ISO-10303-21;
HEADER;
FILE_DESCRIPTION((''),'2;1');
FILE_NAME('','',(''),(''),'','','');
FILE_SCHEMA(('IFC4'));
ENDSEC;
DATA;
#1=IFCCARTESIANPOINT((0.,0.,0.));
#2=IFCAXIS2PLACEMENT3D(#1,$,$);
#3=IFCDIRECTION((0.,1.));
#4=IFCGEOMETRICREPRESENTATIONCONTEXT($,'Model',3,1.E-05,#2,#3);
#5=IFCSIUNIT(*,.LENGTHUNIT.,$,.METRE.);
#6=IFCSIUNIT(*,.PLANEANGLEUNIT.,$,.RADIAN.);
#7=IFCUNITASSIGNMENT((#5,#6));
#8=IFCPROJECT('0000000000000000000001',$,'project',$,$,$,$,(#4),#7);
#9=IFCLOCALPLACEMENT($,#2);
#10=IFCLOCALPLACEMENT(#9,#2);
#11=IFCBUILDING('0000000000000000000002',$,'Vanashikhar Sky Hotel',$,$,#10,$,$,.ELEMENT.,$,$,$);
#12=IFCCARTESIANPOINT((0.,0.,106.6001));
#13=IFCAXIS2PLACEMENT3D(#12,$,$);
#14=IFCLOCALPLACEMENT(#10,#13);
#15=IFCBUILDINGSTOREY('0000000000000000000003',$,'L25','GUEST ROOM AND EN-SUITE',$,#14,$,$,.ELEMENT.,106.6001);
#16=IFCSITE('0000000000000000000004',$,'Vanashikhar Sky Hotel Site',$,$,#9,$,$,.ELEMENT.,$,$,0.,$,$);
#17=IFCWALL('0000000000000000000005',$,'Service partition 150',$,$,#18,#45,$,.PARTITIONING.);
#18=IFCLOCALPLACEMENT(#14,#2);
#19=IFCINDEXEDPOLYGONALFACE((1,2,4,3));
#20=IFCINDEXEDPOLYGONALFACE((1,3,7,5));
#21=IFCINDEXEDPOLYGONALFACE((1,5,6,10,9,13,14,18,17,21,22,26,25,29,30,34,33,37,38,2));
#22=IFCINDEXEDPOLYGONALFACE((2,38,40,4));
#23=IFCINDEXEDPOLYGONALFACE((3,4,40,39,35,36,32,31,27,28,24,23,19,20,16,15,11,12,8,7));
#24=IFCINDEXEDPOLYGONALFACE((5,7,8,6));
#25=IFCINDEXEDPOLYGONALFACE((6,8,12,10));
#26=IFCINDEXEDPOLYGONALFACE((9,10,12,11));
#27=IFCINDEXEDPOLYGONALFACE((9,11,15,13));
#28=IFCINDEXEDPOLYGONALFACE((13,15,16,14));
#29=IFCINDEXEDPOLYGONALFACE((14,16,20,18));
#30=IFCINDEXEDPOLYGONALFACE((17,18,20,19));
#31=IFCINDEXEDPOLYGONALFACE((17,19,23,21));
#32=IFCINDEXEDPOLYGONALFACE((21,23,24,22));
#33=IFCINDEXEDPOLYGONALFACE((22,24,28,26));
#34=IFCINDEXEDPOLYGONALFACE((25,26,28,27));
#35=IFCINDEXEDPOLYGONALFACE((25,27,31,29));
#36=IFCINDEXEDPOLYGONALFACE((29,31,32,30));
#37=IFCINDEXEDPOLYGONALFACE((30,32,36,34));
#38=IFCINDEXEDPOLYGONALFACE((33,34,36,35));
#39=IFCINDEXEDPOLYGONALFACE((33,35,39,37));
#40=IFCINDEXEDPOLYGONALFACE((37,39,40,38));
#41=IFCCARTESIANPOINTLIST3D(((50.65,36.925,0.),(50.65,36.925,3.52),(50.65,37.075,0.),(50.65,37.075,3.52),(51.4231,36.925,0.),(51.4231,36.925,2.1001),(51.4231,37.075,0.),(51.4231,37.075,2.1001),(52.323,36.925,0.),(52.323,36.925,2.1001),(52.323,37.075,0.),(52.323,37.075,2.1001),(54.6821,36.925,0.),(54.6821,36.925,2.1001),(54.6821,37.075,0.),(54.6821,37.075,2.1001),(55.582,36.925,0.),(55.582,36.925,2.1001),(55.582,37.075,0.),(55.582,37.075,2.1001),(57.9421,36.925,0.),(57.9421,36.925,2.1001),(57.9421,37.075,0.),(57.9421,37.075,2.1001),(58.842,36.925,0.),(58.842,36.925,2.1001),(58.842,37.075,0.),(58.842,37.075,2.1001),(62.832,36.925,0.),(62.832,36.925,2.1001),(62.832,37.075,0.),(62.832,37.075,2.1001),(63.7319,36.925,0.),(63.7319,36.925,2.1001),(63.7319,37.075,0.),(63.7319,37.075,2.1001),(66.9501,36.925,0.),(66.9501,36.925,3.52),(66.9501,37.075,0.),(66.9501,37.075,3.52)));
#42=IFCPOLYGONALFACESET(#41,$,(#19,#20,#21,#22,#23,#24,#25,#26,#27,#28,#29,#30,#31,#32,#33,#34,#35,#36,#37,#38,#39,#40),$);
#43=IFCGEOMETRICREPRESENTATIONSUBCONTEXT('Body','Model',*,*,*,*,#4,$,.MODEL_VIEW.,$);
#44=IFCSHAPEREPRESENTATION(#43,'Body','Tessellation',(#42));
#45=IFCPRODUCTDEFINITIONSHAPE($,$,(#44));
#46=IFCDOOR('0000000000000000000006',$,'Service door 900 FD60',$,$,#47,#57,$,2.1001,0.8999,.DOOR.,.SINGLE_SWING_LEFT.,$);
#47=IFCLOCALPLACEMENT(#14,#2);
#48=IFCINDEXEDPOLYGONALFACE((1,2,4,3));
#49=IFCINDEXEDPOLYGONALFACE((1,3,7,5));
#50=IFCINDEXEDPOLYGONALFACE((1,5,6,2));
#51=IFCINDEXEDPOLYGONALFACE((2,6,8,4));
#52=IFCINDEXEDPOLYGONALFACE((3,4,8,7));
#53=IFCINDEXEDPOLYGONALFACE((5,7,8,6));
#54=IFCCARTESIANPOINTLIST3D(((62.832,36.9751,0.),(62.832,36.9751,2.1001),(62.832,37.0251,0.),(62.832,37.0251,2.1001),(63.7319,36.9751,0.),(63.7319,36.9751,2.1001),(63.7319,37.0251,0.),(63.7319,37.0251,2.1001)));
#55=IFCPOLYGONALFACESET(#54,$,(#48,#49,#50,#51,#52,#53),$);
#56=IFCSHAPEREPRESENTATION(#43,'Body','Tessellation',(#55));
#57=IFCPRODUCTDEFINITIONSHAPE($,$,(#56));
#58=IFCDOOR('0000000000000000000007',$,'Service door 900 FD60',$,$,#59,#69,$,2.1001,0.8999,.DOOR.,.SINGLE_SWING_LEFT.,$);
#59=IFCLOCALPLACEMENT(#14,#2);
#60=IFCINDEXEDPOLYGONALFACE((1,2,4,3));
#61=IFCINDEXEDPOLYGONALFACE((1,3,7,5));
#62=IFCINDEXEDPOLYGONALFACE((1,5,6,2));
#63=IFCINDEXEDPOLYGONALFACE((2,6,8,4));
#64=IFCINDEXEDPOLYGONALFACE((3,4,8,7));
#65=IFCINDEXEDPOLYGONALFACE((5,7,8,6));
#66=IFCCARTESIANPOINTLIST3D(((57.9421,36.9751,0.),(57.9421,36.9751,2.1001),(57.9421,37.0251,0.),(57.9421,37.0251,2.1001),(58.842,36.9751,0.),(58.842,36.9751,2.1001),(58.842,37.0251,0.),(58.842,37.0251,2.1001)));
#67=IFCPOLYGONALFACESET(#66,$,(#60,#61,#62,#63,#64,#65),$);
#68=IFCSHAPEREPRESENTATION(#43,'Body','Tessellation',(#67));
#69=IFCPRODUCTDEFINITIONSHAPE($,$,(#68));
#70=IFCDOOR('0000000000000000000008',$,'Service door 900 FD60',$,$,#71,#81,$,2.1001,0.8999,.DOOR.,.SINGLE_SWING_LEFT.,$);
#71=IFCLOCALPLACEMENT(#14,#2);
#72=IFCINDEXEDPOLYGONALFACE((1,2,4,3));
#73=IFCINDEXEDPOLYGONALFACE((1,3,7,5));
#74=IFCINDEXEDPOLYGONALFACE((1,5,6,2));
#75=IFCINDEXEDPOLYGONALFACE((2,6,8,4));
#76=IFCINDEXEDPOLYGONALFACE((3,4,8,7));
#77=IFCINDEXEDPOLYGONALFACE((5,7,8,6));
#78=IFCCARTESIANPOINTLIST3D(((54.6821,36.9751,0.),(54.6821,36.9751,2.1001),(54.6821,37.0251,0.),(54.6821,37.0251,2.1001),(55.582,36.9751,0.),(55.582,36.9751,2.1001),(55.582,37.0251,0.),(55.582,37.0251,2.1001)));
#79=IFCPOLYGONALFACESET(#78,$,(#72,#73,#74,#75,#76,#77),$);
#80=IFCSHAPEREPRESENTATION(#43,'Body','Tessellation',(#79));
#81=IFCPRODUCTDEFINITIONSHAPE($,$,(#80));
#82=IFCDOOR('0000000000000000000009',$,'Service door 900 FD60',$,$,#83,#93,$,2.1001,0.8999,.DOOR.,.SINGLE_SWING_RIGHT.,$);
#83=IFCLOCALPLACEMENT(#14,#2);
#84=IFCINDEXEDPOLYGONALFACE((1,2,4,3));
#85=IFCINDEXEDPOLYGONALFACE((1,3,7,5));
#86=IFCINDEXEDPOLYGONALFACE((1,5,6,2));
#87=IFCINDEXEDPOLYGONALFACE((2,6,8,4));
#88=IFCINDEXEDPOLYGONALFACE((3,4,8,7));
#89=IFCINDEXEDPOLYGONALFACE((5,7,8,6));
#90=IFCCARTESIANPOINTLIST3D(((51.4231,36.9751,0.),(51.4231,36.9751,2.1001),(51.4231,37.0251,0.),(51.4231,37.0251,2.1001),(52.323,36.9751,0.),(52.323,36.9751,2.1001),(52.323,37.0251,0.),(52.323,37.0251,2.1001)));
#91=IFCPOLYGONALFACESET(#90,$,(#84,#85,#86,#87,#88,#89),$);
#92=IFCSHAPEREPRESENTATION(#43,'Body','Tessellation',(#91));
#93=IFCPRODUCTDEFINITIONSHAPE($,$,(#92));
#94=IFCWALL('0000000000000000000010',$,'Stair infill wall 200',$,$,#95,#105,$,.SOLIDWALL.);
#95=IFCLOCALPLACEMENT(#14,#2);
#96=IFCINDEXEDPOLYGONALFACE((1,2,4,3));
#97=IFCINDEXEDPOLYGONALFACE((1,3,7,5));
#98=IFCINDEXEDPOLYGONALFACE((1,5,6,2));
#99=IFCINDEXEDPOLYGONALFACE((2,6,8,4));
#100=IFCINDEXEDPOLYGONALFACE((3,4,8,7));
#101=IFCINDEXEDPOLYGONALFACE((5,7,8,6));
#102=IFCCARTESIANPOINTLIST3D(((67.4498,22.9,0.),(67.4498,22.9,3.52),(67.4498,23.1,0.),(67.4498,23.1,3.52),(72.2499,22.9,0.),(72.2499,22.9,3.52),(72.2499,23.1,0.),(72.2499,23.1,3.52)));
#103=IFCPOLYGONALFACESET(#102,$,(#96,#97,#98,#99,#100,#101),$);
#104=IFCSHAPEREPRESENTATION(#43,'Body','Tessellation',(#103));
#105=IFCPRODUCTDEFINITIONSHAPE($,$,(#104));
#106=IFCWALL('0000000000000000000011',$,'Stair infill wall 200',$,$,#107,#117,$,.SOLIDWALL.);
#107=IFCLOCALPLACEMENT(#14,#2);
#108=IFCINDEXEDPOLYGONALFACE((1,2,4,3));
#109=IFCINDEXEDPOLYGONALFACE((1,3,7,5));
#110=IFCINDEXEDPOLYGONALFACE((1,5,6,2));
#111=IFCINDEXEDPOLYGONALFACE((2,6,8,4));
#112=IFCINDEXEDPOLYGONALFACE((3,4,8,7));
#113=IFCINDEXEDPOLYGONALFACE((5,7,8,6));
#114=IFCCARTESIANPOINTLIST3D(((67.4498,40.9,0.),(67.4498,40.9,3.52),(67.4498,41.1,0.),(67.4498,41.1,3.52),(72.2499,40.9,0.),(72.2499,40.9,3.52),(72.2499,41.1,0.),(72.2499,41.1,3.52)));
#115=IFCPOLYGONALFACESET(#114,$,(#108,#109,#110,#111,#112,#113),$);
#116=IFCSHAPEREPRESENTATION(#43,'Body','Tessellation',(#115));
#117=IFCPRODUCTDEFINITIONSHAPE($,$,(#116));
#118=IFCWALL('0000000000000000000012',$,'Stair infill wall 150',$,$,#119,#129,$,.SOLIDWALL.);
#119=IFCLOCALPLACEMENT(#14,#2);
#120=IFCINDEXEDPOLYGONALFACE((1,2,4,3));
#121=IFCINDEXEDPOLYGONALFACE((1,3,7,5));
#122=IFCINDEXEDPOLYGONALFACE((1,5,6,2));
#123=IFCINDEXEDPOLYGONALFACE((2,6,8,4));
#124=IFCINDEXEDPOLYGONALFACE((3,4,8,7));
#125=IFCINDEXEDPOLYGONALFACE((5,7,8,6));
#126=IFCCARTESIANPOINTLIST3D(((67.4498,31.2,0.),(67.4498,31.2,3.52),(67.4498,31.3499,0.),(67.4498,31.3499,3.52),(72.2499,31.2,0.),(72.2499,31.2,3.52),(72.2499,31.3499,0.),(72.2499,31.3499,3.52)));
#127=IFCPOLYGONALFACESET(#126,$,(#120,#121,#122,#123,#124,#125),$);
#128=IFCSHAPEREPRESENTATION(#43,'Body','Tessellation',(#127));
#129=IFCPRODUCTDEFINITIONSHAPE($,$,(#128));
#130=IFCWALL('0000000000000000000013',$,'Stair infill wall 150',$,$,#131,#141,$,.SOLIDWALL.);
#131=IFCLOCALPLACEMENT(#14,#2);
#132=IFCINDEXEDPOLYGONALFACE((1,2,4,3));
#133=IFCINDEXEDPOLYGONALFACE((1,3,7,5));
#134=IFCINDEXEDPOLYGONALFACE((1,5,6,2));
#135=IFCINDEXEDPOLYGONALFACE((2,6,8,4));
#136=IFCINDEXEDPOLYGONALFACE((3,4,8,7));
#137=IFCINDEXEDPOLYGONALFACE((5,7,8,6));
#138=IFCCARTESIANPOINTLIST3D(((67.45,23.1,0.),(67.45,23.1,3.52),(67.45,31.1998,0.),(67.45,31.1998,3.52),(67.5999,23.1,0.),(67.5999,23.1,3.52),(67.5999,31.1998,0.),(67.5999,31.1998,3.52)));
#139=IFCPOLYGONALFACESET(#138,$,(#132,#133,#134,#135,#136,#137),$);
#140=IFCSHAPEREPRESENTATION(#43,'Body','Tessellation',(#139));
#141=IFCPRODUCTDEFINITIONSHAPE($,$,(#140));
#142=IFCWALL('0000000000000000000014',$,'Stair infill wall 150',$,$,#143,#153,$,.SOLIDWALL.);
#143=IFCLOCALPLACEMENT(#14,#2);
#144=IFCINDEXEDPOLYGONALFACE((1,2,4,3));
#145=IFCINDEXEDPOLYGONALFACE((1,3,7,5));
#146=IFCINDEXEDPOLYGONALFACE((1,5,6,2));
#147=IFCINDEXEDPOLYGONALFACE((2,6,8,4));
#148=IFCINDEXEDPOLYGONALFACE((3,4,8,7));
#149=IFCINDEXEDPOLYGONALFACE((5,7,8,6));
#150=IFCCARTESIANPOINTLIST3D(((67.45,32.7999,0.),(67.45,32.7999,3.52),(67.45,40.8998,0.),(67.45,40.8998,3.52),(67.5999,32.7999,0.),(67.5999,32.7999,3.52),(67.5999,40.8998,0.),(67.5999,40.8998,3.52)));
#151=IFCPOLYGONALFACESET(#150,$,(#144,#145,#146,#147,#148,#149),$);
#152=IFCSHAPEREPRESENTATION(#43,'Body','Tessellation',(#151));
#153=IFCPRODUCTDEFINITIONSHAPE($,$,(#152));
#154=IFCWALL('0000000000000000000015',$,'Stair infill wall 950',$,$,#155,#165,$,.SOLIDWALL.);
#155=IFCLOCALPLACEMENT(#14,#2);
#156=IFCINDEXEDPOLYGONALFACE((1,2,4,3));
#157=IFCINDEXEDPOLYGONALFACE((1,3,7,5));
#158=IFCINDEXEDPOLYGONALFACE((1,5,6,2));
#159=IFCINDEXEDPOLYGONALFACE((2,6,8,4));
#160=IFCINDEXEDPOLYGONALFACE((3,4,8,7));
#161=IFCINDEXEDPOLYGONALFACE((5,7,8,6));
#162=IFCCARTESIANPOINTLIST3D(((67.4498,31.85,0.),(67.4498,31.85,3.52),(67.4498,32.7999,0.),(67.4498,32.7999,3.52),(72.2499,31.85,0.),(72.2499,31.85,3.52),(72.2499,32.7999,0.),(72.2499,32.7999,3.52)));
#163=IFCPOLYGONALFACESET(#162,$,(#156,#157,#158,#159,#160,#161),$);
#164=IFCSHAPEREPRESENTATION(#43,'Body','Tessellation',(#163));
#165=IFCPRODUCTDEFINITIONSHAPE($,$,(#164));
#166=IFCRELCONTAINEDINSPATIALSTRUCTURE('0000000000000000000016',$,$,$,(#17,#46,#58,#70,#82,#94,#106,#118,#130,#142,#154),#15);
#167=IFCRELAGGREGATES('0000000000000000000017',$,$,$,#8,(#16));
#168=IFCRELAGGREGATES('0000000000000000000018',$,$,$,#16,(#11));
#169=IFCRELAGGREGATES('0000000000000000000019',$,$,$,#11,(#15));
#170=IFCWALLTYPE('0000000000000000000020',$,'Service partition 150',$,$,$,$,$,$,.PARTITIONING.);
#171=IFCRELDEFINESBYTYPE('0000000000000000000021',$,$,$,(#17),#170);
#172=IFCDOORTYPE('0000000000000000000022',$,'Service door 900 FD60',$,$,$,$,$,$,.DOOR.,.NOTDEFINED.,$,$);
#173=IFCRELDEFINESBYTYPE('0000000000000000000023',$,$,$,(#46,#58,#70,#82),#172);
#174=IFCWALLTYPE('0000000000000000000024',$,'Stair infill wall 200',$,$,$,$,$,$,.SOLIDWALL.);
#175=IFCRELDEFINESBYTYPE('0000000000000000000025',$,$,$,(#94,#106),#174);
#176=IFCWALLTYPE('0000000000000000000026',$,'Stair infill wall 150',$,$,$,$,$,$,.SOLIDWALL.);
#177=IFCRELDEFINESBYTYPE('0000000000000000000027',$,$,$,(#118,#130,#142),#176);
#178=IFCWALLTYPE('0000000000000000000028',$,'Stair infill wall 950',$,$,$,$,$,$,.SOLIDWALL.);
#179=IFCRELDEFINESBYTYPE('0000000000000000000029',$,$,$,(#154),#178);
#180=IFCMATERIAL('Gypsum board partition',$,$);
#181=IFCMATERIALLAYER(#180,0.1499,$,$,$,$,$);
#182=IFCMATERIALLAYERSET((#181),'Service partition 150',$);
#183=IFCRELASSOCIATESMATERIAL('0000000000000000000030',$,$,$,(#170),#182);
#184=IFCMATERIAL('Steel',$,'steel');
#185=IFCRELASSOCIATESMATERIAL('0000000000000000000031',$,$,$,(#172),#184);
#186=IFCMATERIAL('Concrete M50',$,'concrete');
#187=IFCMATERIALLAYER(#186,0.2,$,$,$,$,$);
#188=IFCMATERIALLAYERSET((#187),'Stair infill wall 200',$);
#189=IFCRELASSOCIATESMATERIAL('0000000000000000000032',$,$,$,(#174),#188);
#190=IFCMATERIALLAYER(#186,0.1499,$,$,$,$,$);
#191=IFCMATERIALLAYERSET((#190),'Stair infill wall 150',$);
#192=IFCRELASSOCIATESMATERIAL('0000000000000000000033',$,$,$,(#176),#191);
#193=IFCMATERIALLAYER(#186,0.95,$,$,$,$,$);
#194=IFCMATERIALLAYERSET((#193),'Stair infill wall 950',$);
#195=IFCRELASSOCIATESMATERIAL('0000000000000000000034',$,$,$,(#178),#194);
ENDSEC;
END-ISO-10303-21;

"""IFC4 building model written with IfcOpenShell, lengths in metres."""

from ifc_helpers import new_model, si_unit, direction, frame, frame_2d, origin, place, context, subcontext, project, spatial, rectangle, extrude, source, transform, mapped, material, layer, layer_set, type_object, element, fill, save


model = new_model("IFC4")

# Units and contexts
model_context = context("Model", 3, precision=1e-05, world=origin(), true_north=direction((0.0, 1.0)))
body_context = subcontext(model_context, "Body", "Model", "MODEL_VIEW")
ifc_project = project(units=[si_unit("LENGTHUNIT", "METRE"), si_unit("PLANEANGLEUNIT", "RADIAN")], contexts=[model_context])

# Site, building, storey
site_placement = place(None, origin())
site = spatial("IfcSite", under=ifc_project, at=site_placement, Name="Vanashikhar Sky Hotel Site", CompositionType="ELEMENT", RefElevation=0.0)
building_placement = place(site_placement, origin())
building = spatial("IfcBuilding", under=site, at=building_placement, Name="Vanashikhar Sky Hotel", CompositionType="ELEMENT")
storey_placement = place(building_placement, frame((0.0, 0.0, 106.6001)))
storey = spatial("IfcBuildingStorey", under=building, at=storey_placement, Name="L25", Description="GUEST ROOM AND EN-SUITE", CompositionType="ELEMENT", Elevation=106.6001)

# Shared definitions
ifc_material_1 = material(Name="Concrete M50", Category="concrete")

# Shared definitions
ifc_material_2 = material(Name="Gypsum board partition")
ifc_layer_1 = layer(ifc_material_2, 0.1499)
ifc_layer_set_1 = layer_set([ifc_layer_1], Name="Service partition 150")
wall_type_1 = type_object("IfcWallType", Name="Service partition 150", PredefinedType="PARTITIONING", material=ifc_layer_set_1)
shared_shape_1 = source(origin(), body_context, "Body", "SweptSolid", [
    extrude(rectangle(XDim=0.8999, YDim=2.1001, at=frame_2d((0.45, 1.05))), frame((0.0, 0.085, 0.0), z_axis=(0.0, -1.0, 0.0), x_axis=(1.0, 0.0, 0.0)), (0.0, 0.0, 1.0), 0.1699),
])
ifc_material_3 = material(Name="Steel", Category="steel")
door_type_1 = type_object("IfcDoorType", Name="Service door 900 FD60", OperationType="NOTDEFINED", PredefinedType="DOOR", material=ifc_material_3)
shared_shape_2 = source(origin(), body_context, "Body", "SweptSolid", [
    extrude(rectangle(XDim=0.8999, YDim=2.1001, at=frame_2d((0.45, 1.05))), frame((0.0, 0.0249, 0.0), z_axis=(0.0, -1.0, 0.0), x_axis=(1.0, 0.0, 0.0)), (0.0, 0.0, 1.0), 0.05),
])

# Wall, openings, doors
shared_shape_3 = source(origin(), body_context, "Body", "SweptSolid", [
    extrude(rectangle(XDim=16.3, YDim=0.1499, at=frame_2d((8.1499, 0.0))), origin(), (0.0, 0.0, 1.0), 3.52),
])
wall_1_placement = place(storey_placement, frame((66.95, 37.0, 0.0), z_axis=(0.0, 0.0, 1.0), x_axis=(-1.0, 0.0, 0.0)))
wall_1 = element("IfcWall", 1, at=wall_1_placement, inside=storey, type_object=wall_type_1, Name="Service partition 150", PredefinedType="PARTITIONING", context=body_context, shape_type="MappedRepresentation", body=[
    mapped(shared_shape_3, transform((0.0, 0.0, 0.0), scale=1.0)),
])
opening_1_placement = place(wall_1_placement, frame((3.218, 0.0, 0.0)))
opening_1 = element("IfcOpeningElement", 2, at=opening_1_placement, cuts=wall_1, PredefinedType="OPENING", context=body_context, shape_type="MappedRepresentation", body=[
    mapped(shared_shape_1, transform((0.0, 0.0, 0.0), scale=1.0)),
])
opening_2_placement = place(wall_1_placement, frame((8.1079, 0.0, 0.0)))
opening_2 = element("IfcOpeningElement", 3, at=opening_2_placement, cuts=wall_1, PredefinedType="OPENING", context=body_context, shape_type="MappedRepresentation", body=[
    mapped(shared_shape_1, transform((0.0, 0.0, 0.0), scale=1.0)),
])
opening_3_placement = place(wall_1_placement, frame((11.3679, 0.0, 0.0)))
opening_3 = element("IfcOpeningElement", 4, at=opening_3_placement, cuts=wall_1, PredefinedType="OPENING", context=body_context, shape_type="MappedRepresentation", body=[
    mapped(shared_shape_1, transform((0.0, 0.0, 0.0), scale=1.0)),
])
opening_4_placement = place(wall_1_placement, frame((14.627, 0.0, 0.0)))
opening_4 = element("IfcOpeningElement", 5, at=opening_4_placement, cuts=wall_1, PredefinedType="OPENING", context=body_context, shape_type="MappedRepresentation", body=[
    mapped(shared_shape_1, transform((0.0, 0.0, 0.0), scale=1.0)),
])
door_1_placement = place(opening_1_placement, origin())
door_1 = element("IfcDoor", 6, at=door_1_placement, inside=storey, type_object=door_type_1, Name="Service door 900 FD60", OperationType="SINGLE_SWING_LEFT", OverallHeight=2.1001, OverallWidth=0.8999, PredefinedType="DOOR", context=body_context, shape_type="MappedRepresentation", body=[
    mapped(shared_shape_2, transform((0.0, 0.0, 0.0), scale=1.0)),
])
fill(opening_1, door_1)
door_2_placement = place(opening_2_placement, origin())
door_2 = element("IfcDoor", 7, at=door_2_placement, inside=storey, type_object=door_type_1, Name="Service door 900 FD60", OperationType="SINGLE_SWING_LEFT", OverallHeight=2.1001, OverallWidth=0.8999, PredefinedType="DOOR", context=body_context, shape_type="MappedRepresentation", body=[
    mapped(shared_shape_2, transform((0.0, 0.0, 0.0), scale=1.0)),
])
fill(opening_2, door_2)
door_3_placement = place(opening_3_placement, origin())
door_3 = element("IfcDoor", 8, at=door_3_placement, inside=storey, type_object=door_type_1, Name="Service door 900 FD60", OperationType="SINGLE_SWING_LEFT", OverallHeight=2.1001, OverallWidth=0.8999, PredefinedType="DOOR", context=body_context, shape_type="MappedRepresentation", body=[
    mapped(shared_shape_2, transform((0.0, 0.0, 0.0), scale=1.0)),
])
fill(opening_3, door_3)
door_4_placement = place(opening_4_placement, origin())
door_4 = element("IfcDoor", 9, at=door_4_placement, inside=storey, type_object=door_type_1, Name="Service door 900 FD60", OperationType="SINGLE_SWING_RIGHT", OverallHeight=2.1001, OverallWidth=0.8999, PredefinedType="DOOR", context=body_context, shape_type="MappedRepresentation", body=[
    mapped(shared_shape_2, transform((0.0, 0.0, 0.0), scale=1.0)),
])
fill(opening_4, door_4)

# Walls
ifc_layer_2 = layer(ifc_material_1, 0.2)
ifc_layer_set_2 = layer_set([ifc_layer_2], Name="Stair infill wall 200")
wall_type_2 = type_object("IfcWallType", Name="Stair infill wall 200", PredefinedType="SOLIDWALL", material=ifc_layer_set_2)
shared_shape_4 = source(origin(), body_context, "Body", "SweptSolid", [
    extrude(rectangle(XDim=4.8, YDim=0.2, at=frame_2d((2.3999, 0.0))), origin(), (0.0, 0.0, 1.0), 3.52),
])
for number, where, z_axis, x_axis, name in (
    (10, (67.45, 23.0, 0.0), (0.0, 0.0, 1.0), (1.0, 0.0, 0.0), "Stair infill wall 200"),
    (11, (67.45, 41.0, 0.0), (0.0, 0.0, 1.0), (1.0, 0.0, 0.0), "Stair infill wall 200"),
):
    element("IfcWall", number, at=place(storey_placement, frame(where, z_axis=z_axis, x_axis=x_axis)), inside=storey, type_object=wall_type_2, Name=name, PredefinedType="SOLIDWALL", context=body_context, shape_type="MappedRepresentation", body=[
        mapped(shared_shape_4, transform((0.0, 0.0, 0.0), scale=1.0)),
    ])
ifc_layer_3 = layer(ifc_material_1, 0.1499)
ifc_layer_set_3 = layer_set([ifc_layer_3], Name="Stair infill wall 150")
wall_type_3 = type_object("IfcWallType", Name="Stair infill wall 150", PredefinedType="SOLIDWALL", material=ifc_layer_set_3)
shared_shape_5 = source(origin(), body_context, "Body", "SweptSolid", [
    extrude(rectangle(XDim=4.8, YDim=0.1499, at=frame_2d((2.3999, 0.0))), origin(), (0.0, 0.0, 1.0), 3.52),
])
wall_2_placement = place(storey_placement, frame((67.45, 31.2749, 0.0), z_axis=(0.0, 0.0, 1.0), x_axis=(1.0, 0.0, 0.0)))
element("IfcWall", 12, at=wall_2_placement, inside=storey, type_object=wall_type_3, Name="Stair infill wall 150", PredefinedType="SOLIDWALL", context=body_context, shape_type="MappedRepresentation", body=[
    mapped(shared_shape_5, transform((0.0, 0.0, 0.0), scale=1.0)),
])
shared_shape_6 = source(origin(), body_context, "Body", "SweptSolid", [
    extrude(rectangle(XDim=8.0999, YDim=0.1499, at=frame_2d((4.0498, 0.0))), origin(), (0.0, 0.0, 1.0), 3.52),
])
for number, where, z_axis, x_axis, name in (
    (13, (67.5249, 23.1001, 0.0), (0.0, 0.0, 1.0), (0.0, 1.0, 0.0), "Stair infill wall 150"),
    (14, (67.5249, 32.8, 0.0), (0.0, 0.0, 1.0), (0.0, 1.0, 0.0), "Stair infill wall 150"),
):
    element("IfcWall", number, at=place(storey_placement, frame(where, z_axis=z_axis, x_axis=x_axis)), inside=storey, type_object=wall_type_3, Name=name, PredefinedType="SOLIDWALL", context=body_context, shape_type="MappedRepresentation", body=[
        mapped(shared_shape_6, transform((0.0, 0.0, 0.0), scale=1.0)),
    ])
ifc_layer_4 = layer(ifc_material_1, 0.95)
ifc_layer_set_4 = layer_set([ifc_layer_4], Name="Stair infill wall 950")
wall_type_4 = type_object("IfcWallType", Name="Stair infill wall 950", PredefinedType="SOLIDWALL", material=ifc_layer_set_4)
shared_shape_7 = source(origin(), body_context, "Body", "SweptSolid", [
    extrude(rectangle(XDim=4.8, YDim=0.95, at=frame_2d((2.3999, 0.0))), origin(), (0.0, 0.0, 1.0), 3.52),
])
wall_3_placement = place(storey_placement, frame((67.45, 32.325, 0.0), z_axis=(0.0, 0.0, 1.0), x_axis=(1.0, 0.0, 0.0)))
element("IfcWall", 15, at=wall_3_placement, inside=storey, type_object=wall_type_4, Name="Stair infill wall 950", PredefinedType="SOLIDWALL", context=body_context, shape_type="MappedRepresentation", body=[
    mapped(shared_shape_7, transform((0.0, 0.0, 0.0), scale=1.0)),
])

save(model, "model.ifc")
